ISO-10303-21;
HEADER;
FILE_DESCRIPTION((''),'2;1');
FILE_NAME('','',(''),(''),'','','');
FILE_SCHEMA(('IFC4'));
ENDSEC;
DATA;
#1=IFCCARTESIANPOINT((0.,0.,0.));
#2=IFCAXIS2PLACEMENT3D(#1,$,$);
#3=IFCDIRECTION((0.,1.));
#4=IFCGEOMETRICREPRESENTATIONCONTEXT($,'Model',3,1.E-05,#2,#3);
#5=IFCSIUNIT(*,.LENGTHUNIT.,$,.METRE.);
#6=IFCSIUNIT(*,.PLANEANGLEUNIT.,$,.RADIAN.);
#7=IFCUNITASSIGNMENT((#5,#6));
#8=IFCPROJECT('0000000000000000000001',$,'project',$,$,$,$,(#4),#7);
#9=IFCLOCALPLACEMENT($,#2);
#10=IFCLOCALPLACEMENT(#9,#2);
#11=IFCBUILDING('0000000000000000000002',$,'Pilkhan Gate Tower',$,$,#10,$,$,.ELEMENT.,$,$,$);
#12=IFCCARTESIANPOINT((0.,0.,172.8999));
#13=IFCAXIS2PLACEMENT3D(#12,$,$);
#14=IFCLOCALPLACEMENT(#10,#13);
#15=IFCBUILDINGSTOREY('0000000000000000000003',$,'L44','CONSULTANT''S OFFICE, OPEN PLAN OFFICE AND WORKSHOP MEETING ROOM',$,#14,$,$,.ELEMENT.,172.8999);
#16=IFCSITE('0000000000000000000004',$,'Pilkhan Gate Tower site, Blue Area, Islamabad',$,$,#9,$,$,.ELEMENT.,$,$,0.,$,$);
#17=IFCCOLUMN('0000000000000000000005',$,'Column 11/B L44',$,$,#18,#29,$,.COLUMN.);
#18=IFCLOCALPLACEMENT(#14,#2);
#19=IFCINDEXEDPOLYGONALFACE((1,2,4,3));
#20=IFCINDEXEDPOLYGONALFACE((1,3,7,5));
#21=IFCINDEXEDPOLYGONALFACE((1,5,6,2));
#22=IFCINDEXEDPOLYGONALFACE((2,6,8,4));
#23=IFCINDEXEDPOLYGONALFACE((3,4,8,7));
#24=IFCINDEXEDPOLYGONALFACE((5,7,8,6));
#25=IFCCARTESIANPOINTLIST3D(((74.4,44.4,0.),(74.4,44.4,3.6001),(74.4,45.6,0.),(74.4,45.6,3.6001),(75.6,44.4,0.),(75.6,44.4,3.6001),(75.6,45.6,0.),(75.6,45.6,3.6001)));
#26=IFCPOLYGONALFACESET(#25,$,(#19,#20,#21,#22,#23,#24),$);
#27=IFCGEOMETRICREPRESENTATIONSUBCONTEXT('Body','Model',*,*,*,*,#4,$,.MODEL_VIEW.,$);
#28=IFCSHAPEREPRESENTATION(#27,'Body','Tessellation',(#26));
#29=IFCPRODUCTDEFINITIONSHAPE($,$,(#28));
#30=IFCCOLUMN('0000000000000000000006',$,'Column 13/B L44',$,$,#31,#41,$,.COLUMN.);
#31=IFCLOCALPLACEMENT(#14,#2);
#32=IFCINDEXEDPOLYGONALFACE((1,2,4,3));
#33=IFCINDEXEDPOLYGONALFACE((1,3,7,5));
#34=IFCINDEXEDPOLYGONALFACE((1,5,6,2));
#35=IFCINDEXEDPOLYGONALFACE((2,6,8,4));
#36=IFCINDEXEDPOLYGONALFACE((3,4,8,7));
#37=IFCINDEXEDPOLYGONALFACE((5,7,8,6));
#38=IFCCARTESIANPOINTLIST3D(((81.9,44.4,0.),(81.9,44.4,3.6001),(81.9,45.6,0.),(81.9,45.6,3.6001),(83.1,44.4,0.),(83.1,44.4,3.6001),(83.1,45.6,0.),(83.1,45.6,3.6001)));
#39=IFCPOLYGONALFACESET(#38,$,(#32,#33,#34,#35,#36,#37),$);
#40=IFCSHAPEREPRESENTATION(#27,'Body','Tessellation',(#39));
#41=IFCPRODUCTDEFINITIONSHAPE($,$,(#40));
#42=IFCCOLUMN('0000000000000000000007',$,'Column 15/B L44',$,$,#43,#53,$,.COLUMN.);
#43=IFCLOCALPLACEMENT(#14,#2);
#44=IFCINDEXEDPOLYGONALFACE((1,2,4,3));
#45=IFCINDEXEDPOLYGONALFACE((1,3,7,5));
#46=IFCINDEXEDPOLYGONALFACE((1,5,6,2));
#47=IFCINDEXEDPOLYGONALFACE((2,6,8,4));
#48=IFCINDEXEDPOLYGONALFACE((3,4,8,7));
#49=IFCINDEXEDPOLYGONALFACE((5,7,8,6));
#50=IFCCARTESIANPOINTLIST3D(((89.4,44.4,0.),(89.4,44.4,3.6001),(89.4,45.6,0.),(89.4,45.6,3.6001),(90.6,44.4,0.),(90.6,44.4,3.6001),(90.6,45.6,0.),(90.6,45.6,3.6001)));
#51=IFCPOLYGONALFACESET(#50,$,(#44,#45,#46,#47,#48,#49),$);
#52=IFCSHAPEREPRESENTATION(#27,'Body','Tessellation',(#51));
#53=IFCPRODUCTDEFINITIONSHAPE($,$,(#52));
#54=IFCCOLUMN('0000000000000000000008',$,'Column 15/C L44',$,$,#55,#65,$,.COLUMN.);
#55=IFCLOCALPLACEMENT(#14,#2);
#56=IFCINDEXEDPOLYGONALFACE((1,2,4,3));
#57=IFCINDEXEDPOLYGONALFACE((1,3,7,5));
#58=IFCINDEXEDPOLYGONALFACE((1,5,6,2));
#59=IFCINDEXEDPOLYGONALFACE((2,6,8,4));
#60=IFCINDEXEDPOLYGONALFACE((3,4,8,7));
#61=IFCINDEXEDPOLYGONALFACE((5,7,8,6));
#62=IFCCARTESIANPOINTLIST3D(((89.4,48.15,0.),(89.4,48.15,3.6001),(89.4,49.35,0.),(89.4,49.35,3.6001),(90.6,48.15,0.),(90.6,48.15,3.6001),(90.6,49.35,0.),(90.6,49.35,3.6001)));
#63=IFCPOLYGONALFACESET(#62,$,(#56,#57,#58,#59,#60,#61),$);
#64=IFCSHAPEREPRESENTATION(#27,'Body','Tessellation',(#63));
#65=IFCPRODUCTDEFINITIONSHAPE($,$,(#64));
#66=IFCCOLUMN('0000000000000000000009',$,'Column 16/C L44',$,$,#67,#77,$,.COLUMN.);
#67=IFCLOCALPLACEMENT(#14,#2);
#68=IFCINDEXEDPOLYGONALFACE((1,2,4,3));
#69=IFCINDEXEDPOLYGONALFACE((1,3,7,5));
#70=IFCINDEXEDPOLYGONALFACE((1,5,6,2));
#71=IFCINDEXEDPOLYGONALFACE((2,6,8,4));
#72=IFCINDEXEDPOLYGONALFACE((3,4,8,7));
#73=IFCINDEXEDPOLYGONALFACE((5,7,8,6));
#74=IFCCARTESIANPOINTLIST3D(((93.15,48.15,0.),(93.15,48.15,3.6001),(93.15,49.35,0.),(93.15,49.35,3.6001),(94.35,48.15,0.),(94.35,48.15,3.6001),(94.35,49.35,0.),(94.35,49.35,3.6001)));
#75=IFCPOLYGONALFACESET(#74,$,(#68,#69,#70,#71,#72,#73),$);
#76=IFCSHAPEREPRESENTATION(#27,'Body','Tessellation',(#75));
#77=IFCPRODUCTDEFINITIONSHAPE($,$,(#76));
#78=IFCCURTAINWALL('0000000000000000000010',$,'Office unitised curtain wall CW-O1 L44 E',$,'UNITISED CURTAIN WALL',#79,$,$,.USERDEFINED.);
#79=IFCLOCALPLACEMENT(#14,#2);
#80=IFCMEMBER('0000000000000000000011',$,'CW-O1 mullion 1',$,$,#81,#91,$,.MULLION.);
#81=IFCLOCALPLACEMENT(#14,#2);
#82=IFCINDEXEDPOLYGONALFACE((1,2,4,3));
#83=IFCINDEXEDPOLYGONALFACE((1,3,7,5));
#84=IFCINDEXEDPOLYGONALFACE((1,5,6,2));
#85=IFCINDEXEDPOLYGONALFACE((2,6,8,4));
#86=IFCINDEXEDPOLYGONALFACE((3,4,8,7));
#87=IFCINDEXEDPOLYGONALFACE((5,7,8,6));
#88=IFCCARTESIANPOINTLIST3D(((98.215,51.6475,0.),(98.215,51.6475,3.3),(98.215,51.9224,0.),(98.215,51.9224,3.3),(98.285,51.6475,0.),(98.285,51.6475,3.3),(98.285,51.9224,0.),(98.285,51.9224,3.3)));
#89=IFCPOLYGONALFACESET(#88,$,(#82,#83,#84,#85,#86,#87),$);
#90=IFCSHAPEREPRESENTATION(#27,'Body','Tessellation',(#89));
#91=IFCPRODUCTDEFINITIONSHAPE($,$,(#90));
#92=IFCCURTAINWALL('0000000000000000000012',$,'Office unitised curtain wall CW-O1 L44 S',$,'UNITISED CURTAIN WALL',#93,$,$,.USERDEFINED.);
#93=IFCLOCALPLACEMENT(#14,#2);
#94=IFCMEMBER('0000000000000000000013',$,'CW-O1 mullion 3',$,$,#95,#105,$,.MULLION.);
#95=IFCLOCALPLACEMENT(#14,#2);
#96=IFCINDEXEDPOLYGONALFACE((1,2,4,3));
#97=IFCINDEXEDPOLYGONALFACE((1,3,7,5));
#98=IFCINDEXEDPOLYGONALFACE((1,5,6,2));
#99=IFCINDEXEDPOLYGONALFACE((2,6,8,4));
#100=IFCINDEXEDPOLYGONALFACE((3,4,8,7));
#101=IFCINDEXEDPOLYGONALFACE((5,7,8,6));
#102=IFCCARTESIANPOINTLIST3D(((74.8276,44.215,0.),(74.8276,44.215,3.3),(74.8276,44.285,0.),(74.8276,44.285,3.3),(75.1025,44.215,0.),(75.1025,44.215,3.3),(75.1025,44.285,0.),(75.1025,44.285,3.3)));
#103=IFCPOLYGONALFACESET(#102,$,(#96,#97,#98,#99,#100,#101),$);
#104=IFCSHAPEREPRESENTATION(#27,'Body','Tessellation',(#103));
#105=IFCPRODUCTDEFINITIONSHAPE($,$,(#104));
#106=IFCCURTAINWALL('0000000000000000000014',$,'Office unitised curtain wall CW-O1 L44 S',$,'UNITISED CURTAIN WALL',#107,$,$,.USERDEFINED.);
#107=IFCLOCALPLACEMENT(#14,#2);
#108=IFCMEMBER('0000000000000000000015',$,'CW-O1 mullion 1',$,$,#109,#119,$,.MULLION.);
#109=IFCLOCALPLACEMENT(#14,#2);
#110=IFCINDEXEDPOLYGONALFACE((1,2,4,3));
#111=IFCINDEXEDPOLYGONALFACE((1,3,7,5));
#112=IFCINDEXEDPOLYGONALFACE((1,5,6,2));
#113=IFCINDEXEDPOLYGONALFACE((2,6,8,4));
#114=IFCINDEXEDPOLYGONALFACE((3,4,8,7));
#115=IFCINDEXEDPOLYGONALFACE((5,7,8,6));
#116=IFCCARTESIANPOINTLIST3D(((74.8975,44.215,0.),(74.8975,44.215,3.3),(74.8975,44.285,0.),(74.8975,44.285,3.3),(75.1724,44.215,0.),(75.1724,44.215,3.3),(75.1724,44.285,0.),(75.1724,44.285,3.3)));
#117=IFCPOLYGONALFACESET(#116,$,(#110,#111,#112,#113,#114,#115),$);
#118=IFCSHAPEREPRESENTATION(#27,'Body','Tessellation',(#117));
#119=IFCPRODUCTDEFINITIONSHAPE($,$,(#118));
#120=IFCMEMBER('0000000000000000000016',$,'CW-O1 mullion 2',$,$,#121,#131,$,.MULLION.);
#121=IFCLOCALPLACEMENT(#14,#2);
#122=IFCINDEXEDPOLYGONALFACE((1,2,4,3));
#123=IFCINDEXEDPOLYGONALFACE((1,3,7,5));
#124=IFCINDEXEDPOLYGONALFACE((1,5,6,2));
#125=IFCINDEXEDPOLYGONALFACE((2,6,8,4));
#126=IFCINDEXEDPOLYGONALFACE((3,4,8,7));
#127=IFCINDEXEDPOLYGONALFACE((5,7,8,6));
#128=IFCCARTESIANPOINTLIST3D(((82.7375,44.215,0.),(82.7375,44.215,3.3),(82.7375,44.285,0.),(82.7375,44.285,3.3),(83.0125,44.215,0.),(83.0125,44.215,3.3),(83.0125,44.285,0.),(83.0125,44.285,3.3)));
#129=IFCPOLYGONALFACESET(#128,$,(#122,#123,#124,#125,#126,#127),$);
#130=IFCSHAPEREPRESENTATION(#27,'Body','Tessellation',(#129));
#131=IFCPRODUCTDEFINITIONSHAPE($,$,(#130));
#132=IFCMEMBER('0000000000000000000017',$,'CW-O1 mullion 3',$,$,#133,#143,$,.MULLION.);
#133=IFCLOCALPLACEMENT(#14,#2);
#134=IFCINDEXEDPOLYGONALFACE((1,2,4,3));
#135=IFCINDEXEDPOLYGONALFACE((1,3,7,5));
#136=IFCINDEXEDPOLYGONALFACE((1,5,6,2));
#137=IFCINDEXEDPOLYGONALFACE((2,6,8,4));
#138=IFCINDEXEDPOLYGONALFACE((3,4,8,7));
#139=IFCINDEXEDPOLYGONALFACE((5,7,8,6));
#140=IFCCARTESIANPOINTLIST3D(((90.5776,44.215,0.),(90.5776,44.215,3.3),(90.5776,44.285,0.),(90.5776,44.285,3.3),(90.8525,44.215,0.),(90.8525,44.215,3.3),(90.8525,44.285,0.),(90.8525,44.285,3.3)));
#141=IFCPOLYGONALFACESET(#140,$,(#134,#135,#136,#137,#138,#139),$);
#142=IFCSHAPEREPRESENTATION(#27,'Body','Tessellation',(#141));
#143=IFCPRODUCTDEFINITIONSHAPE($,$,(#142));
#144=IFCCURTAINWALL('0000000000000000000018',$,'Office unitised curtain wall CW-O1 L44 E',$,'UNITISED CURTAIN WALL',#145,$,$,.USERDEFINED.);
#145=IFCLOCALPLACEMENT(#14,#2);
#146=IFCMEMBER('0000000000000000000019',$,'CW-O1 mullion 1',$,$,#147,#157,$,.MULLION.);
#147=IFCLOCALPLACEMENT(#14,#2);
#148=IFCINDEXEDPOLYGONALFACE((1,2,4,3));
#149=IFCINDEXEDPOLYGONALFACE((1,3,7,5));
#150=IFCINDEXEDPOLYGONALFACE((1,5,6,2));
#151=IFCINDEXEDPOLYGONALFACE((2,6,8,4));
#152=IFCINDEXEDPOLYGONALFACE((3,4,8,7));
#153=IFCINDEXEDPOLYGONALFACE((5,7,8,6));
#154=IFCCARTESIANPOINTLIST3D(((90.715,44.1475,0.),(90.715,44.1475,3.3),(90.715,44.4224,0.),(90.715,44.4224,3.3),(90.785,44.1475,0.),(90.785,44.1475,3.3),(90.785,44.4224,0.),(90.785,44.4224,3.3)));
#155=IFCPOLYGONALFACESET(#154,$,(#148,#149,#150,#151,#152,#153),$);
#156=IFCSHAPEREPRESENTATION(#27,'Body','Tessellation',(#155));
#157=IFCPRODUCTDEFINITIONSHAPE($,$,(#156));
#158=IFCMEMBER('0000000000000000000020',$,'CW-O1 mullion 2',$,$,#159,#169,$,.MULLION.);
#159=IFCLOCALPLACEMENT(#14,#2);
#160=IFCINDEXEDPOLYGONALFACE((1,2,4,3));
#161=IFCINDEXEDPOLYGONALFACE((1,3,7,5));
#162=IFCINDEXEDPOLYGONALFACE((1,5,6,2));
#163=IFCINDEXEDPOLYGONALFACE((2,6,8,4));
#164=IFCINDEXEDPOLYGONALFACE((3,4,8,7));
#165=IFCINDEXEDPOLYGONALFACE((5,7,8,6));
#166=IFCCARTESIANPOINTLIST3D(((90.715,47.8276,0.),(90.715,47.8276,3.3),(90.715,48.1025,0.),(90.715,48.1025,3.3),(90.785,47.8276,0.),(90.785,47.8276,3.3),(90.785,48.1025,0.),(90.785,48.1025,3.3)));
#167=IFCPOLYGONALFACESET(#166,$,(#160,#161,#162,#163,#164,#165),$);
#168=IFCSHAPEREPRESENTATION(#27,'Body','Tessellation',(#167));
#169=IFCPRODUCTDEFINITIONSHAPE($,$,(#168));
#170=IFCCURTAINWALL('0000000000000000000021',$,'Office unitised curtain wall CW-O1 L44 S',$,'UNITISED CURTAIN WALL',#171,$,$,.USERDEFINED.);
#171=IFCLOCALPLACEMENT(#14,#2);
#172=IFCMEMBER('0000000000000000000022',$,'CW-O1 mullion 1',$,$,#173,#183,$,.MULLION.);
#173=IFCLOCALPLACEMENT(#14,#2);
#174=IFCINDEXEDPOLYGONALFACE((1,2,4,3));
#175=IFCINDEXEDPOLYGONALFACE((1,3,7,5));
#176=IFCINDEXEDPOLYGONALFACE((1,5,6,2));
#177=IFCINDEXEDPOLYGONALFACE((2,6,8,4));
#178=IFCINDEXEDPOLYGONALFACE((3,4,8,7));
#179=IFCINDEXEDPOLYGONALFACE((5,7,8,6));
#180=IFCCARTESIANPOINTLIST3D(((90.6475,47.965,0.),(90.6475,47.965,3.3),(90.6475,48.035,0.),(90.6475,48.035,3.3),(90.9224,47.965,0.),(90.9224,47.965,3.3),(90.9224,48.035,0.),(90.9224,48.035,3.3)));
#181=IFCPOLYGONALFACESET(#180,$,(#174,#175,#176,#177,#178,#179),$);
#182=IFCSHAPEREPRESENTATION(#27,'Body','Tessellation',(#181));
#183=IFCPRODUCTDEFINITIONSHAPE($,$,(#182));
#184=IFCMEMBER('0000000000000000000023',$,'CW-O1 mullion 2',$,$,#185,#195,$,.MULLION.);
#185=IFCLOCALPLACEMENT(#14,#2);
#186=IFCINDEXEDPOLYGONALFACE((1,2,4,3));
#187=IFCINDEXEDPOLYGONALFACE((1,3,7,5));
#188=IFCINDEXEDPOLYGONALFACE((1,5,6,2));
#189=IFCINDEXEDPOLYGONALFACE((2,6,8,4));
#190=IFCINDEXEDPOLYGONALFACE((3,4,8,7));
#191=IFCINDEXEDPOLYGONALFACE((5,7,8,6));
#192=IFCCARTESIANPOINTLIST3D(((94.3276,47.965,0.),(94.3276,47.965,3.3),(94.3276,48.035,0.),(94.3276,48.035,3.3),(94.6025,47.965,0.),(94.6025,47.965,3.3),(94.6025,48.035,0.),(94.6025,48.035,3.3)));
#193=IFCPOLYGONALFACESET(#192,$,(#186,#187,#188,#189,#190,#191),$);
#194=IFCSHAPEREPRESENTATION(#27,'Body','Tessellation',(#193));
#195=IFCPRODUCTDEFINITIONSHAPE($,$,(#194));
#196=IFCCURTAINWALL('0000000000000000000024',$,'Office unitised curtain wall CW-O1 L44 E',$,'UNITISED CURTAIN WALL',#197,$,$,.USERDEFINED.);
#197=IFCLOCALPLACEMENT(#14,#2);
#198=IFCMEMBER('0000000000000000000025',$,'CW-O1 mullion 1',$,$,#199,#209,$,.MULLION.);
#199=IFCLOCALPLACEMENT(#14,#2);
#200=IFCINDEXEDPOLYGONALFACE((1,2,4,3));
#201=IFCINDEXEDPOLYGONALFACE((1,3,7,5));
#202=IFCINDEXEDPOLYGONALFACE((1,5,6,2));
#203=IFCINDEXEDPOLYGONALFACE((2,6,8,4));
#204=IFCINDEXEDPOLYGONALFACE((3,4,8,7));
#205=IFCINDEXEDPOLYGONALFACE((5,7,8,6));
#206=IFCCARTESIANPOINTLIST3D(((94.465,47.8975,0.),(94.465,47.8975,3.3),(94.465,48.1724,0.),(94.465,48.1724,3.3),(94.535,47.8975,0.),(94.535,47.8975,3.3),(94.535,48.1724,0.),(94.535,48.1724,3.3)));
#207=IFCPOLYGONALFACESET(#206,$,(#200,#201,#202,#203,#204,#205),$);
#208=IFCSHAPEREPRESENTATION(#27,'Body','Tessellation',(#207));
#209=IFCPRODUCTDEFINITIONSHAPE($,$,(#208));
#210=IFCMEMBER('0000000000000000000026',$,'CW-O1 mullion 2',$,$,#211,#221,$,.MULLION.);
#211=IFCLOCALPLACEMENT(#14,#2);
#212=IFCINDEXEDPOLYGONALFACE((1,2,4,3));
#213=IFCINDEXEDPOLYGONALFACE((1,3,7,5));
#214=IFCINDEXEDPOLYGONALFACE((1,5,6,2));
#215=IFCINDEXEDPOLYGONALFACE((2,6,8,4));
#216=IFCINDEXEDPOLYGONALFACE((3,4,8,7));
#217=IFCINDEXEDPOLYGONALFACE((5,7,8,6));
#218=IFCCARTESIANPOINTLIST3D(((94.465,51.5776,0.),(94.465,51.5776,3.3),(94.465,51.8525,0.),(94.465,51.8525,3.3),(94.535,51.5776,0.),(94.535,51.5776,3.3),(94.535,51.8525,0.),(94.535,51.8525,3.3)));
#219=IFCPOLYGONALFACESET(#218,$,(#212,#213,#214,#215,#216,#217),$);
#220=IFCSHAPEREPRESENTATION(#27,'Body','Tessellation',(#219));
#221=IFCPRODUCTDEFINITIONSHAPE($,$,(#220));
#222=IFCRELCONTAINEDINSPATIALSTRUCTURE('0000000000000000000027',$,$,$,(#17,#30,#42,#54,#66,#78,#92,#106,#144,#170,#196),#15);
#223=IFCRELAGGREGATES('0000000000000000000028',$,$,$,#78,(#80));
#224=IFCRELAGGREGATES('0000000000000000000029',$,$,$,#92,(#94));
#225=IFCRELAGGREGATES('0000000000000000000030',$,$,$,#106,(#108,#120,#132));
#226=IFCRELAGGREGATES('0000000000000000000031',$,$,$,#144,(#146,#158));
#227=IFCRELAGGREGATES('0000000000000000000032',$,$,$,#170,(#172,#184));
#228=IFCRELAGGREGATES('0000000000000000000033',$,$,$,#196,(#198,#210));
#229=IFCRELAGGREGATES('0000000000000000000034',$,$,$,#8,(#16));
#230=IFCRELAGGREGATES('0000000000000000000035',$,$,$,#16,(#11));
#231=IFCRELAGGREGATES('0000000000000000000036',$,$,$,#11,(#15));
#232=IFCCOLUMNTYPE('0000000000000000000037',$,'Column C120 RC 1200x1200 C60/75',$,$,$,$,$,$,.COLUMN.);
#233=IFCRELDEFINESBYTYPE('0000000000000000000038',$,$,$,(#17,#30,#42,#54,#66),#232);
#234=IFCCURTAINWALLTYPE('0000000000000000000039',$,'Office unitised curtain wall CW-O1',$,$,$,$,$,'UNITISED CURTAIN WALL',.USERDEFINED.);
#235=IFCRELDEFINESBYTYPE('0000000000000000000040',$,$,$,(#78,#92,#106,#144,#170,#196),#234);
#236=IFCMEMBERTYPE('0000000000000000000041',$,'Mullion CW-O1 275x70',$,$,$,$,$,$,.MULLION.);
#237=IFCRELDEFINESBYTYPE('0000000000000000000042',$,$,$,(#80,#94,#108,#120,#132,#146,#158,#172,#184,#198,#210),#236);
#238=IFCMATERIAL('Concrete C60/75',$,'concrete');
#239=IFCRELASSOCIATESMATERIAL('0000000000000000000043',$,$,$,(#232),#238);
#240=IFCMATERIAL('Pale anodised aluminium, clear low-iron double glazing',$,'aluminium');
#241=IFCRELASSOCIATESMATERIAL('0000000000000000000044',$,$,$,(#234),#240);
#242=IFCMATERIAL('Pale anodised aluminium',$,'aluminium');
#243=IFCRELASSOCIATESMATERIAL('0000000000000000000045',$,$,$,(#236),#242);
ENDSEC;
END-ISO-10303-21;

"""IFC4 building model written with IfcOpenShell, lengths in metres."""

from ifc_helpers import new_model, si_unit, direction, frame, origin, origin_2d, place, context, subcontext, project, spatial, rectangle, extrude, material, material_profile, profile_set, type_object, element, aggregate, save


model = new_model("IFC4")

# Units and contexts
model_context = context("Model", 3, precision=1e-05, world=origin(), true_north=direction((0.0, 1.0)))
body_context = subcontext(model_context, "Body", "Model", "MODEL_VIEW")
ifc_project = project(units=[si_unit("LENGTHUNIT", "METRE"), si_unit("PLANEANGLEUNIT", "RADIAN")], contexts=[model_context])

# Site, building, storey
site_placement = place(None, origin())
site = spatial("IfcSite", under=ifc_project, at=site_placement, Name="Pilkhan Gate Tower site, Blue Area, Islamabad", CompositionType="ELEMENT", RefElevation=0.0)
building_placement = place(site_placement, origin())
building = spatial("IfcBuilding", under=site, at=building_placement, Name="Pilkhan Gate Tower", CompositionType="ELEMENT")
storey_placement = place(building_placement, frame((0.0, 0.0, 172.8999)))
storey = spatial("IfcBuildingStorey", under=building, at=storey_placement, Name="L44", Description="CONSULTANT'S OFFICE, OPEN PLAN OFFICE AND WORKSHOP MEETING ROOM", CompositionType="ELEMENT", Elevation=172.8999)

# Columns
ifc_material_1 = material(Name="Concrete C60/75", Category="concrete")
ifc_material_profile_1 = material_profile(ifc_material_1, rectangle(XDim=1.2, YDim=1.2, at=origin_2d()), Name="RC 1200x1200")
ifc_profile_set_1 = profile_set([ifc_material_profile_1], Name="Concrete C60/75")
column_type = type_object("IfcColumnType", Name="Column C120 RC 1200x1200 C60/75", PredefinedType="COLUMN", material=ifc_profile_set_1)
for number, where, z_axis, x_axis, name in (
    (1, (75.0, 45.0, 0.0), (0.0, 0.0, 1.0), (1.0, 0.0, 0.0), "Column 11/B L44"),
    (2, (82.5, 45.0, 0.0), (0.0, 0.0, 1.0), (1.0, 0.0, 0.0), "Column 13/B L44"),
    (3, (90.0, 45.0, 0.0), (0.0, 0.0, 1.0), (1.0, 0.0, 0.0), "Column 15/B L44"),
    (4, (90.0, 48.75, 0.0), (0.0, 0.0, 1.0), (1.0, 0.0, 0.0), "Column 15/C L44"),
    (5, (93.75, 48.75, 0.0), (0.0, 0.0, 1.0), (1.0, 0.0, 0.0), "Column 16/C L44"),
):
    element("IfcColumn", number, at=place(storey_placement, frame(where, z_axis=z_axis, x_axis=x_axis)), inside=storey, type_object=column_type, Name=name, PredefinedType="COLUMN", context=body_context, shape_type="SweptSolid", body=[
        extrude(rectangle(XDim=1.2, YDim=1.2, at=origin_2d()), origin(), (0.0, 0.0, 1.0), 3.6001),
    ])

# Curtain walls, members
ifc_material_2 = material(Name="Pale anodised aluminium, clear low-iron double glazing", Category="aluminium")
curtain_wall_type = type_object("IfcCurtainWallType", Name="Office unitised curtain wall CW-O1", ElementType="UNITISED CURTAIN WALL", PredefinedType="USERDEFINED", material=ifc_material_2)
curtain_wall_1_placement = place(storey_placement, origin())
curtain_wall_1 = element("IfcCurtainWall", 6, at=curtain_wall_1_placement, inside=storey, type_object=curtain_wall_type, Name="Office unitised curtain wall CW-O1 L44 E", ObjectType="UNITISED CURTAIN WALL", PredefinedType="USERDEFINED")
ifc_material_3 = material(Name="Pale anodised aluminium", Category="aluminium")
ifc_material_profile_2 = material_profile(ifc_material_3, rectangle(XDim=0.0701, YDim=0.2749, at=origin_2d()), Name="Mullion 275x70")
ifc_profile_set_2 = profile_set([ifc_material_profile_2], Name="Pale anodised aluminium")
member_type_1 = type_object("IfcMemberType", Name="Mullion CW-O1 275x70", PredefinedType="MULLION", material=ifc_profile_set_2)
member_1_placement = place(storey_placement, frame((98.25, 51.7849, 0.0), z_axis=(0.0, 0.0, 1.0), x_axis=(-1.0, 0.0, 0.0)))
member_1 = element("IfcMember", 7, at=member_1_placement, type_object=member_type_1, Name="CW-O1 mullion 1", PredefinedType="MULLION", context=body_context, shape_type="SweptSolid", body=[
    extrude(rectangle(XDim=0.0701, YDim=0.2749, at=origin_2d()), origin(), (0.0, 0.0, 1.0), 3.3),
])
aggregate(curtain_wall_1, [member_1])
curtain_wall_2_placement = place(storey_placement, origin())
curtain_wall_2 = element("IfcCurtainWall", 8, at=curtain_wall_2_placement, inside=storey, type_object=curtain_wall_type, Name="Office unitised curtain wall CW-O1 L44 S", ObjectType="UNITISED CURTAIN WALL", PredefinedType="USERDEFINED")
member_2_placement = place(storey_placement, frame((74.9651, 44.25, 0.0), z_axis=(0.0, 0.0, 1.0), x_axis=(0.0, 1.0, 0.0)))
member_2 = element("IfcMember", 9, at=member_2_placement, type_object=member_type_1, Name="CW-O1 mullion 3", PredefinedType="MULLION", context=body_context, shape_type="SweptSolid", body=[
    extrude(rectangle(XDim=0.0701, YDim=0.2749, at=origin_2d()), origin(), (0.0, 0.0, 1.0), 3.3),
])
aggregate(curtain_wall_2, [member_2])

# Curtain walls, members
curtain_wall_3_placement = place(storey_placement, origin())
curtain_wall_3 = element("IfcCurtainWall", 10, at=curtain_wall_3_placement, inside=storey, type_object=curtain_wall_type, Name="Office unitised curtain wall CW-O1 L44 S", ObjectType="UNITISED CURTAIN WALL", PredefinedType="USERDEFINED")
member_3_placement = place(storey_placement, frame((75.0349, 44.25, 0.0), z_axis=(0.0, 0.0, 1.0), x_axis=(0.0, 1.0, 0.0)))
member_3 = element("IfcMember", 11, at=member_3_placement, type_object=member_type_1, Name="CW-O1 mullion 1", PredefinedType="MULLION", context=body_context, shape_type="SweptSolid", body=[
    extrude(rectangle(XDim=0.0701, YDim=0.2749, at=origin_2d()), origin(), (0.0, 0.0, 1.0), 3.3),
])
member_4_placement = place(storey_placement, frame((82.875, 44.25, 0.0), z_axis=(0.0, 0.0, 1.0), x_axis=(0.0, 1.0, 0.0)))
member_4 = element("IfcMember", 12, at=member_4_placement, type_object=member_type_1, Name="CW-O1 mullion 2", PredefinedType="MULLION", context=body_context, shape_type="SweptSolid", body=[
    extrude(rectangle(XDim=0.0701, YDim=0.2749, at=origin_2d()), origin(), (0.0, 0.0, 1.0), 3.3),
])
member_5_placement = place(storey_placement, frame((90.7151, 44.25, 0.0), z_axis=(0.0, 0.0, 1.0), x_axis=(0.0, 1.0, 0.0)))
member_5 = element("IfcMember", 13, at=member_5_placement, type_object=member_type_1, Name="CW-O1 mullion 3", PredefinedType="MULLION", context=body_context, shape_type="SweptSolid", body=[
    extrude(rectangle(XDim=0.0701, YDim=0.2749, at=origin_2d()), origin(), (0.0, 0.0, 1.0), 3.3),
])
curtain_wall_4_placement = place(storey_placement, origin())
curtain_wall_4 = element("IfcCurtainWall", 14, at=curtain_wall_4_placement, inside=storey, type_object=curtain_wall_type, Name="Office unitised curtain wall CW-O1 L44 E", ObjectType="UNITISED CURTAIN WALL", PredefinedType="USERDEFINED")
member_6_placement = place(storey_placement, frame((90.75, 44.2849, 0.0), z_axis=(0.0, 0.0, 1.0), x_axis=(-1.0, 0.0, 0.0)))
member_6 = element("IfcMember", 15, at=member_6_placement, type_object=member_type_1, Name="CW-O1 mullion 1", PredefinedType="MULLION", context=body_context, shape_type="SweptSolid", body=[
    extrude(rectangle(XDim=0.0701, YDim=0.2749, at=origin_2d()), origin(), (0.0, 0.0, 1.0), 3.3),
])
member_7_placement = place(storey_placement, frame((90.75, 47.9651, 0.0), z_axis=(0.0, 0.0, 1.0), x_axis=(-1.0, 0.0, 0.0)))
member_7 = element("IfcMember", 16, at=member_7_placement, type_object=member_type_1, Name="CW-O1 mullion 2", PredefinedType="MULLION", context=body_context, shape_type="SweptSolid", body=[
    extrude(rectangle(XDim=0.0701, YDim=0.2749, at=origin_2d()), origin(), (0.0, 0.0, 1.0), 3.3),
])
curtain_wall_5_placement = place(storey_placement, origin())
curtain_wall_5 = element("IfcCurtainWall", 17, at=curtain_wall_5_placement, inside=storey, type_object=curtain_wall_type, Name="Office unitised curtain wall CW-O1 L44 S", ObjectType="UNITISED CURTAIN WALL", PredefinedType="USERDEFINED")
member_8_placement = place(storey_placement, frame((90.7849, 48.0, 0.0), z_axis=(0.0, 0.0, 1.0), x_axis=(0.0, 1.0, 0.0)))
member_8 = element("IfcMember", 18, at=member_8_placement, type_object=member_type_1, Name="CW-O1 mullion 1", PredefinedType="MULLION", context=body_context, shape_type="SweptSolid", body=[
    extrude(rectangle(XDim=0.0701, YDim=0.2749, at=origin_2d()), origin(), (0.0, 0.0, 1.0), 3.3),
])
member_9_placement = place(storey_placement, frame((94.4651, 48.0, 0.0), z_axis=(0.0, 0.0, 1.0), x_axis=(0.0, 1.0, 0.0)))
member_9 = element("IfcMember", 19, at=member_9_placement, type_object=member_type_1, Name="CW-O1 mullion 2", PredefinedType="MULLION", context=body_context, shape_type="SweptSolid", body=[
    extrude(rectangle(XDim=0.0701, YDim=0.2749, at=origin_2d()), origin(), (0.0, 0.0, 1.0), 3.3),
])
curtain_wall_6_placement = place(storey_placement, origin())
curtain_wall_6 = element("IfcCurtainWall", 20, at=curtain_wall_6_placement, inside=storey, type_object=curtain_wall_type, Name="Office unitised curtain wall CW-O1 L44 E", ObjectType="UNITISED CURTAIN WALL", PredefinedType="USERDEFINED")
member_10_placement = place(storey_placement, frame((94.5, 48.0349, 0.0), z_axis=(0.0, 0.0, 1.0), x_axis=(-1.0, 0.0, 0.0)))
member_10 = element("IfcMember", 21, at=member_10_placement, type_object=member_type_1, Name="CW-O1 mullion 1", PredefinedType="MULLION", context=body_context, shape_type="SweptSolid", body=[
    extrude(rectangle(XDim=0.0701, YDim=0.2749, at=origin_2d()), origin(), (0.0, 0.0, 1.0), 3.3),
])
member_11_placement = place(storey_placement, frame((94.5, 51.7151, 0.0), z_axis=(0.0, 0.0, 1.0), x_axis=(-1.0, 0.0, 0.0)))
member_11 = element("IfcMember", 22, at=member_11_placement, type_object=member_type_1, Name="CW-O1 mullion 2", PredefinedType="MULLION", context=body_context, shape_type="SweptSolid", body=[
    extrude(rectangle(XDim=0.0701, YDim=0.2749, at=origin_2d()), origin(), (0.0, 0.0, 1.0), 3.3),
])

aggregate(curtain_wall_3, [member_3, member_4, member_5])
aggregate(curtain_wall_4, [member_6, member_7])
aggregate(curtain_wall_5, [member_8, member_9])
aggregate(curtain_wall_6, [member_10, member_11])

save(model, "model.ifc")
